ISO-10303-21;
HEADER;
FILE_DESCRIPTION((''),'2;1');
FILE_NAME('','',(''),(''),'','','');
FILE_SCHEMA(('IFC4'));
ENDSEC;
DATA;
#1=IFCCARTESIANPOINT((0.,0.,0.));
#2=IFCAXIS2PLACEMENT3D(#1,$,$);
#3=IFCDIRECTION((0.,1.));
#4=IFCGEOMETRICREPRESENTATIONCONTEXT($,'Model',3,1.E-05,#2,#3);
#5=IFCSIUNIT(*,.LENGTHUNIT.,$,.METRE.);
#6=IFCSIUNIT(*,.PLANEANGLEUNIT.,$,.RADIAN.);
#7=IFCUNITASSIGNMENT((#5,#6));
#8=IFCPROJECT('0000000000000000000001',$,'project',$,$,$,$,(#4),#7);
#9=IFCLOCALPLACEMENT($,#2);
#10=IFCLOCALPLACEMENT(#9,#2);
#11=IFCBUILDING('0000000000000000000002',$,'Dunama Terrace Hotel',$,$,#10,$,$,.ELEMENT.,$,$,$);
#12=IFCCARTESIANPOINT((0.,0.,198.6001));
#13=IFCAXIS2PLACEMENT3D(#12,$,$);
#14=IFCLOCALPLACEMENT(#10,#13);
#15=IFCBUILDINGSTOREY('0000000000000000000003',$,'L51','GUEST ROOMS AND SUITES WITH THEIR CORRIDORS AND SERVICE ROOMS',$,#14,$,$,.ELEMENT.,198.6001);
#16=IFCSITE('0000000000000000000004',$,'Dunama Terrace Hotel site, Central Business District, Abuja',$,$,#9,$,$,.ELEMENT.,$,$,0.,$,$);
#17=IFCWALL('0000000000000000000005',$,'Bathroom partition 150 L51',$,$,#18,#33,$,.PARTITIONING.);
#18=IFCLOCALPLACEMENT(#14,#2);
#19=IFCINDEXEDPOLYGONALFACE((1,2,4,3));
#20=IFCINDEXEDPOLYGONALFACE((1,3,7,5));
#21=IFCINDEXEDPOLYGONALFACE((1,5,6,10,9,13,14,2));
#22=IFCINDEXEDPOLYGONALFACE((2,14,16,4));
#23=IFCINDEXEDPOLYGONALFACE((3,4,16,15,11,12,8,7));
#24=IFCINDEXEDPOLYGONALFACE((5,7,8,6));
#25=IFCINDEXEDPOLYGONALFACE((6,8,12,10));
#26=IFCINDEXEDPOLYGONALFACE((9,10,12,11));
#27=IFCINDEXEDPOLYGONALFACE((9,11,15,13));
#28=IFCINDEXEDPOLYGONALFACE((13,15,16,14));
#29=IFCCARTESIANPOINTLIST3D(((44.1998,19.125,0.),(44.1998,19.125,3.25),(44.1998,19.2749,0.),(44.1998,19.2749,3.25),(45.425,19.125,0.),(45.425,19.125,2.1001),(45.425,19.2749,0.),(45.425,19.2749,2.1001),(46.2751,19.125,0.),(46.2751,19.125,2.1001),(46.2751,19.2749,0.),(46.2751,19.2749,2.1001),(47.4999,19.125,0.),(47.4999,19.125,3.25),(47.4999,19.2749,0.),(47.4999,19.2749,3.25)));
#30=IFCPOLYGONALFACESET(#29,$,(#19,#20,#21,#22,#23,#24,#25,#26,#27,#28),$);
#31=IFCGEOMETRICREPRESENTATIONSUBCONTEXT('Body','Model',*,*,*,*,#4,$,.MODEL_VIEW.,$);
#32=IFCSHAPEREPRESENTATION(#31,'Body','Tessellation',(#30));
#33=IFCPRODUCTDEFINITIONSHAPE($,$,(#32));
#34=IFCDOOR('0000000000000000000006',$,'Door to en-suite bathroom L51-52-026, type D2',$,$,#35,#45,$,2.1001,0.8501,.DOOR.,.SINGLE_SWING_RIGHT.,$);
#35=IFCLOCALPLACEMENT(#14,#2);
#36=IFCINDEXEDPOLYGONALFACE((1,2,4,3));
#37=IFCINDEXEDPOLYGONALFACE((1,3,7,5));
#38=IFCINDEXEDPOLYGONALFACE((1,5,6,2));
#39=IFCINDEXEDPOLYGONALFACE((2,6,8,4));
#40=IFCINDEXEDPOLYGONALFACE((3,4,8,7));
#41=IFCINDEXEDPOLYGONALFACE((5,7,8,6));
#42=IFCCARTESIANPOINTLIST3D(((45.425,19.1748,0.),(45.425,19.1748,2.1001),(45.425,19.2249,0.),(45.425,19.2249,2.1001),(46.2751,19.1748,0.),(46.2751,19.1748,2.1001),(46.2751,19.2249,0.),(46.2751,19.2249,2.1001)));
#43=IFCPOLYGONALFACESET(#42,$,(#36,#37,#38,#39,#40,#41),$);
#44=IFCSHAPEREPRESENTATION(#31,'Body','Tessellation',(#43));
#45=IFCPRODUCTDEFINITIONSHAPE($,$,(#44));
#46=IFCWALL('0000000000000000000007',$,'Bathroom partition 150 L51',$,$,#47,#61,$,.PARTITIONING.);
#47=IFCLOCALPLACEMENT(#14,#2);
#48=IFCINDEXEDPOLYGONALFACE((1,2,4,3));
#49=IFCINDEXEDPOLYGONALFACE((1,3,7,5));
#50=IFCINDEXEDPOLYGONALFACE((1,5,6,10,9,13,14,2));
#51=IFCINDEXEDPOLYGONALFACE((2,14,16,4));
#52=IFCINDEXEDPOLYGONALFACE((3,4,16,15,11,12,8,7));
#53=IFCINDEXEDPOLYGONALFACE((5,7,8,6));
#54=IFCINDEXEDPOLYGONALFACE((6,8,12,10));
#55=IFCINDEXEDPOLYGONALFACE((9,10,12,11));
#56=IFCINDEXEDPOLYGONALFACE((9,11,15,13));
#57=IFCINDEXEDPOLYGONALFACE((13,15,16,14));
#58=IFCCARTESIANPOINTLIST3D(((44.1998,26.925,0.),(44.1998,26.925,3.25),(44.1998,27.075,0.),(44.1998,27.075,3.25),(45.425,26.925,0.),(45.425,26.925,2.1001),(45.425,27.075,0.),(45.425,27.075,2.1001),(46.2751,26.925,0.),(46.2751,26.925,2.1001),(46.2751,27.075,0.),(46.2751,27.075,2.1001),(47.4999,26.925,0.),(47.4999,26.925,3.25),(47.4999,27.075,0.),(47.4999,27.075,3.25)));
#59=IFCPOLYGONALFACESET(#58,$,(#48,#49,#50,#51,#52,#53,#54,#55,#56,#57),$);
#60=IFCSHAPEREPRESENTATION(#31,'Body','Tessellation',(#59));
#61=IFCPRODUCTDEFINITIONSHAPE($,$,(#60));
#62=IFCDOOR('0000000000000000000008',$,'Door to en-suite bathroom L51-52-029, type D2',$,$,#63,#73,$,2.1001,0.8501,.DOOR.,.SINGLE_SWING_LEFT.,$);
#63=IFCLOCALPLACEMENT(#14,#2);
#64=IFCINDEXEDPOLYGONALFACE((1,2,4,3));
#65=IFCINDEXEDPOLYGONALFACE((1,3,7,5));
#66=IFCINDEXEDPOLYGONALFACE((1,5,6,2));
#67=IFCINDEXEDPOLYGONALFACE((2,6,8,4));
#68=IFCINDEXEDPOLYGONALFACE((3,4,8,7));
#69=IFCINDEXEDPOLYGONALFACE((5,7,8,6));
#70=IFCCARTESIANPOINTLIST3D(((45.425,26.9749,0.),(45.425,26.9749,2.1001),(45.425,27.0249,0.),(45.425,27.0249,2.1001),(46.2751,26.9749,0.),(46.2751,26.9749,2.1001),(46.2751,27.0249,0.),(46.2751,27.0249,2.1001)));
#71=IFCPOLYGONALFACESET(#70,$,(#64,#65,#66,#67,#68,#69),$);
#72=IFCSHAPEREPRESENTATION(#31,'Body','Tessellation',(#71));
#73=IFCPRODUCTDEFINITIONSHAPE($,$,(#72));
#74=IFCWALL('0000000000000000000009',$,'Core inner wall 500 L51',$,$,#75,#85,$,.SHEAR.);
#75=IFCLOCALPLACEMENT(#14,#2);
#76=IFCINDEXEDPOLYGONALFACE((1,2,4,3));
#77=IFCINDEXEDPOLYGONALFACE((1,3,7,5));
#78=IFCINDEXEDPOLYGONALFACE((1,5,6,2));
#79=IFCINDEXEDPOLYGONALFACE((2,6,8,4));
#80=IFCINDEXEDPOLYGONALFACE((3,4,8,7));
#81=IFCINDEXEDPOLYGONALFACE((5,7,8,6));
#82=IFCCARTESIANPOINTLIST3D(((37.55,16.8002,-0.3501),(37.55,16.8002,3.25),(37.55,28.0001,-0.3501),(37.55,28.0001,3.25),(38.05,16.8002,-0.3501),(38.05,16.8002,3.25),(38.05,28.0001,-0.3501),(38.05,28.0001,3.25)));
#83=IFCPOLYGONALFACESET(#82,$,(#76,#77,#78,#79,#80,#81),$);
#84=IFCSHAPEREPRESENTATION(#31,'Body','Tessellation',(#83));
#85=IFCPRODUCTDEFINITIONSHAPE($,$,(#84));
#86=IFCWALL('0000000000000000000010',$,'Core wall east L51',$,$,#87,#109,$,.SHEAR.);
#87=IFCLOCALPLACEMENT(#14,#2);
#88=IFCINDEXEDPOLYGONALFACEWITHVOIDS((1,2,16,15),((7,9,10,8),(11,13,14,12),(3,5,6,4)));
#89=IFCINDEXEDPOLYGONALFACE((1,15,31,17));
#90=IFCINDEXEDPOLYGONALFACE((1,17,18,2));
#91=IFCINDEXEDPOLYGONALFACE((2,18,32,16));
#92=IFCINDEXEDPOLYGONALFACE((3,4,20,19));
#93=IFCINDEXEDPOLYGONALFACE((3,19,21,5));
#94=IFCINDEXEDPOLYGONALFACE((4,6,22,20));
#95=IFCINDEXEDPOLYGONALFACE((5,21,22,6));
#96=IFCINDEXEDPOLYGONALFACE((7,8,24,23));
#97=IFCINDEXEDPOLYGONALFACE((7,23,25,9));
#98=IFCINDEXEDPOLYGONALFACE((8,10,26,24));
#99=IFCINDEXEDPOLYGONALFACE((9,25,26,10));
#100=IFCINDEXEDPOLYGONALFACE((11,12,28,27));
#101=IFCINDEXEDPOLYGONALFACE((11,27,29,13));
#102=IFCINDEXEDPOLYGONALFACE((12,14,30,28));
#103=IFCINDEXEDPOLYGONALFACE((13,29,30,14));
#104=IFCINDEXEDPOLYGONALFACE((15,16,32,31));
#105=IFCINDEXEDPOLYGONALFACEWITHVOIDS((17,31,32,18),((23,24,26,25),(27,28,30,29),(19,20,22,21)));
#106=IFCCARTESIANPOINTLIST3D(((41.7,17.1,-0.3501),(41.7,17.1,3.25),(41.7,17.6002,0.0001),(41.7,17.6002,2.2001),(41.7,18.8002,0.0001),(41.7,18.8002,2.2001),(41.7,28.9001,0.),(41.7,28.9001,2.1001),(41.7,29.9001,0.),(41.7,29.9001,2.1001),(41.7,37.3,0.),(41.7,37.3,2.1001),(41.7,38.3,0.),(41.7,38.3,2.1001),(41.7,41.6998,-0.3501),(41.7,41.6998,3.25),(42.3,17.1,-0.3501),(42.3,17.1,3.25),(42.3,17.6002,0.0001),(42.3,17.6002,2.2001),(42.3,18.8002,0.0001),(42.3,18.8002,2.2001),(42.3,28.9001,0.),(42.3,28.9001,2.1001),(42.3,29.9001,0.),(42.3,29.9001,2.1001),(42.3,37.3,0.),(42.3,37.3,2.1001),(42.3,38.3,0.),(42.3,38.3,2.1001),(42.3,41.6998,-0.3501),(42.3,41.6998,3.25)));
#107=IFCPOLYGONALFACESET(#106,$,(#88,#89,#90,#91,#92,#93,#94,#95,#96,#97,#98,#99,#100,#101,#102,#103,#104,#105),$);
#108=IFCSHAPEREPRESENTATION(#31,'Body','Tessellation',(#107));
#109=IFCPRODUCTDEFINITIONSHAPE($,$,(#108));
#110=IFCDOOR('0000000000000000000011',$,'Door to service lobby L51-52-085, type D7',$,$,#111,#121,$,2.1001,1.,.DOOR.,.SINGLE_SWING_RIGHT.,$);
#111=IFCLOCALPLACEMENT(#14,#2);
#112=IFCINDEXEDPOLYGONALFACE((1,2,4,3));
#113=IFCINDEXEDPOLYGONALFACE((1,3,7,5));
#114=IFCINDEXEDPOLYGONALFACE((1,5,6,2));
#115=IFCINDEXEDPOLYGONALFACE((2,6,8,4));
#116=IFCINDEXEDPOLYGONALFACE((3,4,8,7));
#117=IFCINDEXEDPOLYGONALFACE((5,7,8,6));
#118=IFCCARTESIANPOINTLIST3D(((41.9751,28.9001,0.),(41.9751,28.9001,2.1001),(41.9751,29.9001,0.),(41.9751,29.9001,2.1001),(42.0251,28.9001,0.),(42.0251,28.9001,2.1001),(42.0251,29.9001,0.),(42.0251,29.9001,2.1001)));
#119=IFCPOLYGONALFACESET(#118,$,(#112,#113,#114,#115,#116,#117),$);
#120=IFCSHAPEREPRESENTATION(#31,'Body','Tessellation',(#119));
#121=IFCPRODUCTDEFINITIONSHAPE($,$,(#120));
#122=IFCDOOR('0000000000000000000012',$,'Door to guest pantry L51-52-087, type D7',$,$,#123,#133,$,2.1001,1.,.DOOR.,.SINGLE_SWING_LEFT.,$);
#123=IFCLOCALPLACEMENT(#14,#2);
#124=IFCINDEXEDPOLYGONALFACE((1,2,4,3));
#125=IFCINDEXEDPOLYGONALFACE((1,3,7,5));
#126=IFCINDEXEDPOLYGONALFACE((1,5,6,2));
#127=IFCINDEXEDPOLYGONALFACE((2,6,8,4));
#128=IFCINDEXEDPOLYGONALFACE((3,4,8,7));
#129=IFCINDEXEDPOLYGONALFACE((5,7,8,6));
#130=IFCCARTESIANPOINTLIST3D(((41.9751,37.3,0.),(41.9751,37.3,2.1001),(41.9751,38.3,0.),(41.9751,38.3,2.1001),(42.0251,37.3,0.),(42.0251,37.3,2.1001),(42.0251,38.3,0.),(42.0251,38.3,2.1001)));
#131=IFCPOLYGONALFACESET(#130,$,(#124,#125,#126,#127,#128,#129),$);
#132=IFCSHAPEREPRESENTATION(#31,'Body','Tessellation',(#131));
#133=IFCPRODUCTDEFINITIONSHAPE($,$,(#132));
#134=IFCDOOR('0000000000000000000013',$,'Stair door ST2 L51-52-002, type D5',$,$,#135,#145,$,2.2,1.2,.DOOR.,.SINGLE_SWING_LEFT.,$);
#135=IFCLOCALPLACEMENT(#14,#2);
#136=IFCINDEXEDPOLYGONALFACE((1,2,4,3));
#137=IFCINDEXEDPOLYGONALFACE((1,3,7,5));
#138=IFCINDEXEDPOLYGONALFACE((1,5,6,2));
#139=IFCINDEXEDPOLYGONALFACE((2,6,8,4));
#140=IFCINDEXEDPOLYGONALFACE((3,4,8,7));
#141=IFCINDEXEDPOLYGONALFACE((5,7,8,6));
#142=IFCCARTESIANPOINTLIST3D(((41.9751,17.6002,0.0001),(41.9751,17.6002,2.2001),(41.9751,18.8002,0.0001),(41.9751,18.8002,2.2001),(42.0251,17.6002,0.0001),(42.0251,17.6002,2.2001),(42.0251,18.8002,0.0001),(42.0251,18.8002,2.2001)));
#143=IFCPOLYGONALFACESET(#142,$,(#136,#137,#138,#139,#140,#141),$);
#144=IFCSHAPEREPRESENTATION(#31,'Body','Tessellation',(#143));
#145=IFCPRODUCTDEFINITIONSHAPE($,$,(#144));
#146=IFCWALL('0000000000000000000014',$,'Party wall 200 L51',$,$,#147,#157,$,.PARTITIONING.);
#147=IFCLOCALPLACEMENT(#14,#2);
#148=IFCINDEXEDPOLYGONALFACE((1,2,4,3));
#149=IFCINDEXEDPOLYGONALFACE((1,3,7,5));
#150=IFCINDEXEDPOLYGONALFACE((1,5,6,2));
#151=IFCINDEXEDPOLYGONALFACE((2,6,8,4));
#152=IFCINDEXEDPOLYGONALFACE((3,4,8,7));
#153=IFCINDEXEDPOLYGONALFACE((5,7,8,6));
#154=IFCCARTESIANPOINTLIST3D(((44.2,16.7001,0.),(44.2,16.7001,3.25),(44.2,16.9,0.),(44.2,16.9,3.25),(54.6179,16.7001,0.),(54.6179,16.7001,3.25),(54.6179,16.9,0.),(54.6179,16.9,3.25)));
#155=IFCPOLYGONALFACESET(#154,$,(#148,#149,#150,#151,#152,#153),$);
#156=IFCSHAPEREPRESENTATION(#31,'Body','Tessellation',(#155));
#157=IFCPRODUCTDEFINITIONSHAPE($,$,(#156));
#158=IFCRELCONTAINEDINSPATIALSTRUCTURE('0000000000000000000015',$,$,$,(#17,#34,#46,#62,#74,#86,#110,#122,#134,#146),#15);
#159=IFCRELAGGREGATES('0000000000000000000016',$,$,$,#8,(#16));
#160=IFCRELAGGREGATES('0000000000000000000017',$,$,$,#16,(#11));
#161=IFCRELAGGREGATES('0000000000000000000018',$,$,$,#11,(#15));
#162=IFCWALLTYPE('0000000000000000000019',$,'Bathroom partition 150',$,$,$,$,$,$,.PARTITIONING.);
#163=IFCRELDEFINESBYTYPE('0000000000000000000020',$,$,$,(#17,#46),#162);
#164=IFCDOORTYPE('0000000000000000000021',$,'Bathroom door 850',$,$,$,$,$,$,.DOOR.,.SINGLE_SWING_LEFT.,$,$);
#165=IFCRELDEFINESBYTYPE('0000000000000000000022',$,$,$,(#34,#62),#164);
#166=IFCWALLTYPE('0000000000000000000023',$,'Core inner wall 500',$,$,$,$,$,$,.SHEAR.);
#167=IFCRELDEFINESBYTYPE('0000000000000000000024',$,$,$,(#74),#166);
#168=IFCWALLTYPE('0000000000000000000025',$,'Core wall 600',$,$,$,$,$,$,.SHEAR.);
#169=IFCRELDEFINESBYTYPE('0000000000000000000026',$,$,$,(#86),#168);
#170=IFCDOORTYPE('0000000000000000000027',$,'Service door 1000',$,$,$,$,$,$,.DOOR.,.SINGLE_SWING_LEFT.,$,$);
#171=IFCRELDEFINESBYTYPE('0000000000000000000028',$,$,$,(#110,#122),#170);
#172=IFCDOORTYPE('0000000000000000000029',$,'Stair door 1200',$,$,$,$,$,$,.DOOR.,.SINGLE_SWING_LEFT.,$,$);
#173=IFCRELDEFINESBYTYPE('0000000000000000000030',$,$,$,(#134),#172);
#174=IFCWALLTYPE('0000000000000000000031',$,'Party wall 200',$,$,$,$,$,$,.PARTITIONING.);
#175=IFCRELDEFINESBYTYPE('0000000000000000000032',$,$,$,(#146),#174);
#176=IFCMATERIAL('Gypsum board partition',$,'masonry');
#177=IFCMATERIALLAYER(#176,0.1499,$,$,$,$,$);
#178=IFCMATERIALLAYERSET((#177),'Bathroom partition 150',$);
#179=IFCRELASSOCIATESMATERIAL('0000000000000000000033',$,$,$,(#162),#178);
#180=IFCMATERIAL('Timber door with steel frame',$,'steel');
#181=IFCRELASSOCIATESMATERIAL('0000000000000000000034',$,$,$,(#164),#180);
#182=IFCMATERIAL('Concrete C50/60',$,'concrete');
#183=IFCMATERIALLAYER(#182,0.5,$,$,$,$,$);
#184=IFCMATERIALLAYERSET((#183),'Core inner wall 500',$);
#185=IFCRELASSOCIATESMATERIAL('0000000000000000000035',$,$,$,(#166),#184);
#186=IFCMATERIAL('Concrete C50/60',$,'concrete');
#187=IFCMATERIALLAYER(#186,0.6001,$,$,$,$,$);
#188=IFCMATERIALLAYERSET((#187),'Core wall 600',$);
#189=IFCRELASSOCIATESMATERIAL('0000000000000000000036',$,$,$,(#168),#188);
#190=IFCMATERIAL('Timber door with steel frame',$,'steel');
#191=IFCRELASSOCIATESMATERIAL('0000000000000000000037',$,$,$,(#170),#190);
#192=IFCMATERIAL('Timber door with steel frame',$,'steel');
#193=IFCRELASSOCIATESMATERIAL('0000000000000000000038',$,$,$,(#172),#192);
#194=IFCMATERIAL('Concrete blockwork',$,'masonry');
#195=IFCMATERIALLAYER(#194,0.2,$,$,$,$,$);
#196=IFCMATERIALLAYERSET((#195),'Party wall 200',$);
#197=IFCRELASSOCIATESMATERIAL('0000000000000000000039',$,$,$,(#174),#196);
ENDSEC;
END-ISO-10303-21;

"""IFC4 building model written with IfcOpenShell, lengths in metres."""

from ifc_helpers import new_model, si_unit, direction, frame, frame_2d, origin, place, context, subcontext, project, spatial, rectangle, extrude, material, layer, layer_set, type_object, element, fill, save


model = new_model("IFC4")

# Units and contexts
model_context = context("Model", 3, precision=1e-05, world=origin(), true_north=direction((0.0, 1.0)))
body_context = subcontext(model_context, "Body", "Model", "MODEL_VIEW")
ifc_project = project(units=[si_unit("LENGTHUNIT", "METRE"), si_unit("PLANEANGLEUNIT", "RADIAN")], contexts=[model_context])

# Site, building, storey
site_placement = place(None, origin())
site = spatial("IfcSite", under=ifc_project, at=site_placement, Name="Dunama Terrace Hotel site, Central Business District, Abuja", CompositionType="ELEMENT", RefElevation=0.0)
building_placement = place(site_placement, origin())
building = spatial("IfcBuilding", under=site, at=building_placement, Name="Dunama Terrace Hotel", CompositionType="ELEMENT")
storey_placement = place(building_placement, frame((0.0, 0.0, 198.6001)))
storey = spatial("IfcBuildingStorey", under=building, at=storey_placement, Name="L51", Description="GUEST ROOMS AND SUITES WITH THEIR CORRIDORS AND SERVICE ROOMS", CompositionType="ELEMENT", Elevation=198.6001)

# Walls, openings, doors
ifc_material_1 = material(Name="Gypsum board partition", Category="masonry")
ifc_layer_1 = layer(ifc_material_1, 0.1499)
ifc_layer_set_1 = layer_set([ifc_layer_1], Name="Bathroom partition 150")
wall_type_1 = type_object("IfcWallType", Name="Bathroom partition 150", PredefinedType="PARTITIONING", material=ifc_layer_set_1)
wall_1_placement = place(storey_placement, frame((44.2, 19.2, 0.0), z_axis=(0.0, 0.0, 1.0), x_axis=(1.0, 0.0, 0.0)))
wall_1 = element("IfcWall", 1, at=wall_1_placement, inside=storey, type_object=wall_type_1, Name="Bathroom partition 150 L51", PredefinedType="PARTITIONING", context=body_context, shape_type="SweptSolid", body=[
    extrude(rectangle(XDim=3.3, YDim=0.1499, at=frame_2d((1.6499, 0.0))), origin(), (0.0, 0.0, 1.0), 3.25),
])
opening_1_placement = place(wall_1_placement, frame((1.2251, 0.0, 0.0)))
opening_1 = element("IfcOpeningElement", 2, at=opening_1_placement, cuts=wall_1, PredefinedType="OPENING", context=body_context, shape_type="SweptSolid", body=[
    extrude(rectangle(XDim=0.8501, YDim=2.1001, at=frame_2d((0.425, 1.05))), frame((0.0, 0.085, 0.0), z_axis=(0.0, -1.0, 0.0), x_axis=(1.0, 0.0, 0.0)), (0.0, 0.0, 1.0), 0.1699),
])
ifc_material_2 = material(Name="Timber door with steel frame", Category="steel")
door_type_1 = type_object("IfcDoorType", Name="Bathroom door 850", OperationType="SINGLE_SWING_LEFT", PredefinedType="DOOR", material=ifc_material_2)
door_1_placement = place(opening_1_placement, frame((0.8501, 0.0, 0.0), z_axis=(0.0, 0.0, 1.0), x_axis=(-1.0, 0.0, 0.0)))
door_1 = element("IfcDoor", 3, at=door_1_placement, inside=storey, type_object=door_type_1, Name="Door to en-suite bathroom L51-52-026, type D2", OperationType="SINGLE_SWING_RIGHT", OverallHeight=2.1001, OverallWidth=0.8501, PredefinedType="DOOR", context=body_context, shape_type="SweptSolid", body=[
    extrude(rectangle(XDim=0.8501, YDim=2.1001, at=frame_2d((0.425, 1.05))), frame((0.0, 0.0251, 0.0), z_axis=(0.0, -1.0, 0.0), x_axis=(1.0, 0.0, 0.0)), (0.0, 0.0, 1.0), 0.05),
])
fill(opening_1, door_1)
wall_2_placement = place(storey_placement, frame((44.2, 27.0, 0.0), z_axis=(0.0, 0.0, 1.0), x_axis=(1.0, 0.0, 0.0)))
wall_2 = element("IfcWall", 4, at=wall_2_placement, inside=storey, type_object=wall_type_1, Name="Bathroom partition 150 L51", PredefinedType="PARTITIONING", context=body_context, shape_type="SweptSolid", body=[
    extrude(rectangle(XDim=3.3, YDim=0.1499, at=frame_2d((1.6499, 0.0))), origin(), (0.0, 0.0, 1.0), 3.25),
])
opening_2_placement = place(wall_2_placement, frame((1.2251, 0.0, 0.0)))
opening_2 = element("IfcOpeningElement", 5, at=opening_2_placement, cuts=wall_2, PredefinedType="OPENING", context=body_context, shape_type="SweptSolid", body=[
    extrude(rectangle(XDim=0.8501, YDim=2.1001, at=frame_2d((0.425, 1.05))), frame((0.0, 0.085, 0.0), z_axis=(0.0, -1.0, 0.0), x_axis=(1.0, 0.0, 0.0)), (0.0, 0.0, 1.0), 0.1699),
])
door_2_placement = place(opening_2_placement, origin())
door_2 = element("IfcDoor", 6, at=door_2_placement, inside=storey, type_object=door_type_1, Name="Door to en-suite bathroom L51-52-029, type D2", OperationType="SINGLE_SWING_LEFT", OverallHeight=2.1001, OverallWidth=0.8501, PredefinedType="DOOR", context=body_context, shape_type="SweptSolid", body=[
    extrude(rectangle(XDim=0.8501, YDim=2.1001, at=frame_2d((0.425, 1.05))), frame((0.0, 0.0249, 0.0), z_axis=(0.0, -1.0, 0.0), x_axis=(1.0, 0.0, 0.0)), (0.0, 0.0, 1.0), 0.05),
])
fill(opening_2, door_2)

# Wall
ifc_material_3 = material(Name="Concrete C50/60", Category="concrete")
ifc_layer_2 = layer(ifc_material_3, 0.5)
ifc_layer_set_2 = layer_set([ifc_layer_2], Name="Core inner wall 500")
wall_type_2 = type_object("IfcWallType", Name="Core inner wall 500", PredefinedType="SHEAR", material=ifc_layer_set_2)
wall_3_placement = place(storey_placement, frame((37.8, 16.8, -0.3501), z_axis=(0.0, 0.0, 1.0), x_axis=(0.0, 1.0, 0.0)))
element("IfcWall", 7, at=wall_3_placement, inside=storey, type_object=wall_type_2, Name="Core inner wall 500 L51", PredefinedType="SHEAR", context=body_context, shape_type="SweptSolid", body=[
    extrude(rectangle(XDim=11.2, YDim=0.5, at=frame_2d((5.6001, 0.0))), origin(), (0.0, 0.0, 1.0), 3.6001),
])

# Wall, openings, doors
ifc_material_4 = material(Name="Concrete C50/60", Category="concrete")
ifc_layer_3 = layer(ifc_material_4, 0.6001)
ifc_layer_set_3 = layer_set([ifc_layer_3], Name="Core wall 600")
wall_type_3 = type_object("IfcWallType", Name="Core wall 600", PredefinedType="SHEAR", material=ifc_layer_set_3)
wall_4_placement = place(storey_placement, frame((42.0, 17.1001, -0.3501), z_axis=(0.0, 0.0, 1.0), x_axis=(0.0, 1.0, 0.0)))
wall_4 = element("IfcWall", 8, at=wall_4_placement, inside=storey, type_object=wall_type_3, Name="Core wall east L51", PredefinedType="SHEAR", context=body_context, shape_type="SweptSolid", body=[
    extrude(rectangle(XDim=24.5999, YDim=0.6001, at=frame_2d((12.2998, 0.0))), origin(), (0.0, 0.0, 1.0), 3.6001),
])
opening_3_placement = place(wall_4_placement, frame((0.5, 0.0, 0.3501)))
opening_3 = element("IfcOpeningElement", 9, at=opening_3_placement, cuts=wall_4, PredefinedType="OPENING", context=body_context, shape_type="SweptSolid", body=[
    extrude(rectangle(XDim=1.2, YDim=2.2, at=frame_2d((0.6001, 1.1001))), frame((0.0, 0.3101, 0.0), z_axis=(0.0, -1.0, 0.0), x_axis=(1.0, 0.0, 0.0)), (0.0, 0.0, 1.0), 0.6201),
])
opening_4_placement = place(wall_4_placement, frame((11.8, 0.0, 0.3501)))
opening_4 = element("IfcOpeningElement", 10, at=opening_4_placement, cuts=wall_4, PredefinedType="OPENING", context=body_context, shape_type="SweptSolid", body=[
    extrude(rectangle(XDim=1.0, YDim=2.1001, at=frame_2d((0.5, 1.05))), frame((0.0, 0.3101, 0.0), z_axis=(0.0, -1.0, 0.0), x_axis=(1.0, 0.0, 0.0)), (0.0, 0.0, 1.0), 0.6201),
])
opening_5_placement = place(wall_4_placement, frame((20.2, 0.0, 0.3501)))
opening_5 = element("IfcOpeningElement", 11, at=opening_5_placement, cuts=wall_4, PredefinedType="OPENING", context=body_context, shape_type="SweptSolid", body=[
    extrude(rectangle(XDim=1.0, YDim=2.1001, at=frame_2d((0.5, 1.05))), frame((0.0, 0.3101, 0.0), z_axis=(0.0, -1.0, 0.0), x_axis=(1.0, 0.0, 0.0)), (0.0, 0.0, 1.0), 0.6201),
])
ifc_material_5 = material(Name="Timber door with steel frame", Category="steel")
door_type_2 = type_object("IfcDoorType", Name="Service door 1000", OperationType="SINGLE_SWING_LEFT", PredefinedType="DOOR", material=ifc_material_5)
door_3_placement = place(opening_4_placement, origin())
door_3 = element("IfcDoor", 12, at=door_3_placement, inside=storey, type_object=door_type_2, Name="Door to service lobby L51-52-085, type D7", OperationType="SINGLE_SWING_RIGHT", OverallHeight=2.1001, OverallWidth=1.0, PredefinedType="DOOR", context=body_context, shape_type="SweptSolid", body=[
    extrude(rectangle(XDim=1.0, YDim=2.1001, at=frame_2d((0.5, 1.05))), frame((0.0, 0.0249, 0.0), z_axis=(0.0, -1.0, 0.0), x_axis=(1.0, 0.0, 0.0)), (0.0, 0.0, 1.0), 0.05),
])
fill(opening_4, door_3)
door_4_placement = place(opening_5_placement, origin())
door_4 = element("IfcDoor", 13, at=door_4_placement, inside=storey, type_object=door_type_2, Name="Door to guest pantry L51-52-087, type D7", OperationType="SINGLE_SWING_LEFT", OverallHeight=2.1001, OverallWidth=1.0, PredefinedType="DOOR", context=body_context, shape_type="SweptSolid", body=[
    extrude(rectangle(XDim=1.0, YDim=2.1001, at=frame_2d((0.5, 1.05))), frame((0.0, 0.0249, 0.0), z_axis=(0.0, -1.0, 0.0), x_axis=(1.0, 0.0, 0.0)), (0.0, 0.0, 1.0), 0.05),
])
fill(opening_5, door_4)
ifc_material_6 = material(Name="Timber door with steel frame", Category="steel")
door_type_3 = type_object("IfcDoorType", Name="Stair door 1200", OperationType="SINGLE_SWING_LEFT", PredefinedType="DOOR", material=ifc_material_6)
door_5_placement = place(opening_3_placement, origin())
door_5 = element("IfcDoor", 14, at=door_5_placement, inside=storey, type_object=door_type_3, Name="Stair door ST2 L51-52-002, type D5", OperationType="SINGLE_SWING_LEFT", OverallHeight=2.2, OverallWidth=1.2, PredefinedType="DOOR", context=body_context, shape_type="SweptSolid", body=[
    extrude(rectangle(XDim=1.2, YDim=2.2, at=frame_2d((0.6001, 1.1001))), frame((0.0, 0.0249, 0.0), z_axis=(0.0, -1.0, 0.0), x_axis=(1.0, 0.0, 0.0)), (0.0, 0.0, 1.0), 0.05),
])
fill(opening_3, door_5)

# Wall
ifc_material_7 = material(Name="Concrete blockwork", Category="masonry")
ifc_layer_4 = layer(ifc_material_7, 0.2)
ifc_layer_set_4 = layer_set([ifc_layer_4], Name="Party wall 200")
wall_type_4 = type_object("IfcWallType", Name="Party wall 200", PredefinedType="PARTITIONING", material=ifc_layer_set_4)
wall_5_placement = place(storey_placement, frame((44.2, 16.8, 0.0), z_axis=(0.0, 0.0, 1.0), x_axis=(1.0, 0.0, 0.0)))
element("IfcWall", 15, at=wall_5_placement, inside=storey, type_object=wall_type_4, Name="Party wall 200 L51", PredefinedType="PARTITIONING", context=body_context, shape_type="SweptSolid", body=[
    extrude(rectangle(XDim=10.418, YDim=0.2, at=frame_2d((5.209, 0.0))), origin(), (0.0, 0.0, 1.0), 3.25),
])

save(model, "model.ifc")
